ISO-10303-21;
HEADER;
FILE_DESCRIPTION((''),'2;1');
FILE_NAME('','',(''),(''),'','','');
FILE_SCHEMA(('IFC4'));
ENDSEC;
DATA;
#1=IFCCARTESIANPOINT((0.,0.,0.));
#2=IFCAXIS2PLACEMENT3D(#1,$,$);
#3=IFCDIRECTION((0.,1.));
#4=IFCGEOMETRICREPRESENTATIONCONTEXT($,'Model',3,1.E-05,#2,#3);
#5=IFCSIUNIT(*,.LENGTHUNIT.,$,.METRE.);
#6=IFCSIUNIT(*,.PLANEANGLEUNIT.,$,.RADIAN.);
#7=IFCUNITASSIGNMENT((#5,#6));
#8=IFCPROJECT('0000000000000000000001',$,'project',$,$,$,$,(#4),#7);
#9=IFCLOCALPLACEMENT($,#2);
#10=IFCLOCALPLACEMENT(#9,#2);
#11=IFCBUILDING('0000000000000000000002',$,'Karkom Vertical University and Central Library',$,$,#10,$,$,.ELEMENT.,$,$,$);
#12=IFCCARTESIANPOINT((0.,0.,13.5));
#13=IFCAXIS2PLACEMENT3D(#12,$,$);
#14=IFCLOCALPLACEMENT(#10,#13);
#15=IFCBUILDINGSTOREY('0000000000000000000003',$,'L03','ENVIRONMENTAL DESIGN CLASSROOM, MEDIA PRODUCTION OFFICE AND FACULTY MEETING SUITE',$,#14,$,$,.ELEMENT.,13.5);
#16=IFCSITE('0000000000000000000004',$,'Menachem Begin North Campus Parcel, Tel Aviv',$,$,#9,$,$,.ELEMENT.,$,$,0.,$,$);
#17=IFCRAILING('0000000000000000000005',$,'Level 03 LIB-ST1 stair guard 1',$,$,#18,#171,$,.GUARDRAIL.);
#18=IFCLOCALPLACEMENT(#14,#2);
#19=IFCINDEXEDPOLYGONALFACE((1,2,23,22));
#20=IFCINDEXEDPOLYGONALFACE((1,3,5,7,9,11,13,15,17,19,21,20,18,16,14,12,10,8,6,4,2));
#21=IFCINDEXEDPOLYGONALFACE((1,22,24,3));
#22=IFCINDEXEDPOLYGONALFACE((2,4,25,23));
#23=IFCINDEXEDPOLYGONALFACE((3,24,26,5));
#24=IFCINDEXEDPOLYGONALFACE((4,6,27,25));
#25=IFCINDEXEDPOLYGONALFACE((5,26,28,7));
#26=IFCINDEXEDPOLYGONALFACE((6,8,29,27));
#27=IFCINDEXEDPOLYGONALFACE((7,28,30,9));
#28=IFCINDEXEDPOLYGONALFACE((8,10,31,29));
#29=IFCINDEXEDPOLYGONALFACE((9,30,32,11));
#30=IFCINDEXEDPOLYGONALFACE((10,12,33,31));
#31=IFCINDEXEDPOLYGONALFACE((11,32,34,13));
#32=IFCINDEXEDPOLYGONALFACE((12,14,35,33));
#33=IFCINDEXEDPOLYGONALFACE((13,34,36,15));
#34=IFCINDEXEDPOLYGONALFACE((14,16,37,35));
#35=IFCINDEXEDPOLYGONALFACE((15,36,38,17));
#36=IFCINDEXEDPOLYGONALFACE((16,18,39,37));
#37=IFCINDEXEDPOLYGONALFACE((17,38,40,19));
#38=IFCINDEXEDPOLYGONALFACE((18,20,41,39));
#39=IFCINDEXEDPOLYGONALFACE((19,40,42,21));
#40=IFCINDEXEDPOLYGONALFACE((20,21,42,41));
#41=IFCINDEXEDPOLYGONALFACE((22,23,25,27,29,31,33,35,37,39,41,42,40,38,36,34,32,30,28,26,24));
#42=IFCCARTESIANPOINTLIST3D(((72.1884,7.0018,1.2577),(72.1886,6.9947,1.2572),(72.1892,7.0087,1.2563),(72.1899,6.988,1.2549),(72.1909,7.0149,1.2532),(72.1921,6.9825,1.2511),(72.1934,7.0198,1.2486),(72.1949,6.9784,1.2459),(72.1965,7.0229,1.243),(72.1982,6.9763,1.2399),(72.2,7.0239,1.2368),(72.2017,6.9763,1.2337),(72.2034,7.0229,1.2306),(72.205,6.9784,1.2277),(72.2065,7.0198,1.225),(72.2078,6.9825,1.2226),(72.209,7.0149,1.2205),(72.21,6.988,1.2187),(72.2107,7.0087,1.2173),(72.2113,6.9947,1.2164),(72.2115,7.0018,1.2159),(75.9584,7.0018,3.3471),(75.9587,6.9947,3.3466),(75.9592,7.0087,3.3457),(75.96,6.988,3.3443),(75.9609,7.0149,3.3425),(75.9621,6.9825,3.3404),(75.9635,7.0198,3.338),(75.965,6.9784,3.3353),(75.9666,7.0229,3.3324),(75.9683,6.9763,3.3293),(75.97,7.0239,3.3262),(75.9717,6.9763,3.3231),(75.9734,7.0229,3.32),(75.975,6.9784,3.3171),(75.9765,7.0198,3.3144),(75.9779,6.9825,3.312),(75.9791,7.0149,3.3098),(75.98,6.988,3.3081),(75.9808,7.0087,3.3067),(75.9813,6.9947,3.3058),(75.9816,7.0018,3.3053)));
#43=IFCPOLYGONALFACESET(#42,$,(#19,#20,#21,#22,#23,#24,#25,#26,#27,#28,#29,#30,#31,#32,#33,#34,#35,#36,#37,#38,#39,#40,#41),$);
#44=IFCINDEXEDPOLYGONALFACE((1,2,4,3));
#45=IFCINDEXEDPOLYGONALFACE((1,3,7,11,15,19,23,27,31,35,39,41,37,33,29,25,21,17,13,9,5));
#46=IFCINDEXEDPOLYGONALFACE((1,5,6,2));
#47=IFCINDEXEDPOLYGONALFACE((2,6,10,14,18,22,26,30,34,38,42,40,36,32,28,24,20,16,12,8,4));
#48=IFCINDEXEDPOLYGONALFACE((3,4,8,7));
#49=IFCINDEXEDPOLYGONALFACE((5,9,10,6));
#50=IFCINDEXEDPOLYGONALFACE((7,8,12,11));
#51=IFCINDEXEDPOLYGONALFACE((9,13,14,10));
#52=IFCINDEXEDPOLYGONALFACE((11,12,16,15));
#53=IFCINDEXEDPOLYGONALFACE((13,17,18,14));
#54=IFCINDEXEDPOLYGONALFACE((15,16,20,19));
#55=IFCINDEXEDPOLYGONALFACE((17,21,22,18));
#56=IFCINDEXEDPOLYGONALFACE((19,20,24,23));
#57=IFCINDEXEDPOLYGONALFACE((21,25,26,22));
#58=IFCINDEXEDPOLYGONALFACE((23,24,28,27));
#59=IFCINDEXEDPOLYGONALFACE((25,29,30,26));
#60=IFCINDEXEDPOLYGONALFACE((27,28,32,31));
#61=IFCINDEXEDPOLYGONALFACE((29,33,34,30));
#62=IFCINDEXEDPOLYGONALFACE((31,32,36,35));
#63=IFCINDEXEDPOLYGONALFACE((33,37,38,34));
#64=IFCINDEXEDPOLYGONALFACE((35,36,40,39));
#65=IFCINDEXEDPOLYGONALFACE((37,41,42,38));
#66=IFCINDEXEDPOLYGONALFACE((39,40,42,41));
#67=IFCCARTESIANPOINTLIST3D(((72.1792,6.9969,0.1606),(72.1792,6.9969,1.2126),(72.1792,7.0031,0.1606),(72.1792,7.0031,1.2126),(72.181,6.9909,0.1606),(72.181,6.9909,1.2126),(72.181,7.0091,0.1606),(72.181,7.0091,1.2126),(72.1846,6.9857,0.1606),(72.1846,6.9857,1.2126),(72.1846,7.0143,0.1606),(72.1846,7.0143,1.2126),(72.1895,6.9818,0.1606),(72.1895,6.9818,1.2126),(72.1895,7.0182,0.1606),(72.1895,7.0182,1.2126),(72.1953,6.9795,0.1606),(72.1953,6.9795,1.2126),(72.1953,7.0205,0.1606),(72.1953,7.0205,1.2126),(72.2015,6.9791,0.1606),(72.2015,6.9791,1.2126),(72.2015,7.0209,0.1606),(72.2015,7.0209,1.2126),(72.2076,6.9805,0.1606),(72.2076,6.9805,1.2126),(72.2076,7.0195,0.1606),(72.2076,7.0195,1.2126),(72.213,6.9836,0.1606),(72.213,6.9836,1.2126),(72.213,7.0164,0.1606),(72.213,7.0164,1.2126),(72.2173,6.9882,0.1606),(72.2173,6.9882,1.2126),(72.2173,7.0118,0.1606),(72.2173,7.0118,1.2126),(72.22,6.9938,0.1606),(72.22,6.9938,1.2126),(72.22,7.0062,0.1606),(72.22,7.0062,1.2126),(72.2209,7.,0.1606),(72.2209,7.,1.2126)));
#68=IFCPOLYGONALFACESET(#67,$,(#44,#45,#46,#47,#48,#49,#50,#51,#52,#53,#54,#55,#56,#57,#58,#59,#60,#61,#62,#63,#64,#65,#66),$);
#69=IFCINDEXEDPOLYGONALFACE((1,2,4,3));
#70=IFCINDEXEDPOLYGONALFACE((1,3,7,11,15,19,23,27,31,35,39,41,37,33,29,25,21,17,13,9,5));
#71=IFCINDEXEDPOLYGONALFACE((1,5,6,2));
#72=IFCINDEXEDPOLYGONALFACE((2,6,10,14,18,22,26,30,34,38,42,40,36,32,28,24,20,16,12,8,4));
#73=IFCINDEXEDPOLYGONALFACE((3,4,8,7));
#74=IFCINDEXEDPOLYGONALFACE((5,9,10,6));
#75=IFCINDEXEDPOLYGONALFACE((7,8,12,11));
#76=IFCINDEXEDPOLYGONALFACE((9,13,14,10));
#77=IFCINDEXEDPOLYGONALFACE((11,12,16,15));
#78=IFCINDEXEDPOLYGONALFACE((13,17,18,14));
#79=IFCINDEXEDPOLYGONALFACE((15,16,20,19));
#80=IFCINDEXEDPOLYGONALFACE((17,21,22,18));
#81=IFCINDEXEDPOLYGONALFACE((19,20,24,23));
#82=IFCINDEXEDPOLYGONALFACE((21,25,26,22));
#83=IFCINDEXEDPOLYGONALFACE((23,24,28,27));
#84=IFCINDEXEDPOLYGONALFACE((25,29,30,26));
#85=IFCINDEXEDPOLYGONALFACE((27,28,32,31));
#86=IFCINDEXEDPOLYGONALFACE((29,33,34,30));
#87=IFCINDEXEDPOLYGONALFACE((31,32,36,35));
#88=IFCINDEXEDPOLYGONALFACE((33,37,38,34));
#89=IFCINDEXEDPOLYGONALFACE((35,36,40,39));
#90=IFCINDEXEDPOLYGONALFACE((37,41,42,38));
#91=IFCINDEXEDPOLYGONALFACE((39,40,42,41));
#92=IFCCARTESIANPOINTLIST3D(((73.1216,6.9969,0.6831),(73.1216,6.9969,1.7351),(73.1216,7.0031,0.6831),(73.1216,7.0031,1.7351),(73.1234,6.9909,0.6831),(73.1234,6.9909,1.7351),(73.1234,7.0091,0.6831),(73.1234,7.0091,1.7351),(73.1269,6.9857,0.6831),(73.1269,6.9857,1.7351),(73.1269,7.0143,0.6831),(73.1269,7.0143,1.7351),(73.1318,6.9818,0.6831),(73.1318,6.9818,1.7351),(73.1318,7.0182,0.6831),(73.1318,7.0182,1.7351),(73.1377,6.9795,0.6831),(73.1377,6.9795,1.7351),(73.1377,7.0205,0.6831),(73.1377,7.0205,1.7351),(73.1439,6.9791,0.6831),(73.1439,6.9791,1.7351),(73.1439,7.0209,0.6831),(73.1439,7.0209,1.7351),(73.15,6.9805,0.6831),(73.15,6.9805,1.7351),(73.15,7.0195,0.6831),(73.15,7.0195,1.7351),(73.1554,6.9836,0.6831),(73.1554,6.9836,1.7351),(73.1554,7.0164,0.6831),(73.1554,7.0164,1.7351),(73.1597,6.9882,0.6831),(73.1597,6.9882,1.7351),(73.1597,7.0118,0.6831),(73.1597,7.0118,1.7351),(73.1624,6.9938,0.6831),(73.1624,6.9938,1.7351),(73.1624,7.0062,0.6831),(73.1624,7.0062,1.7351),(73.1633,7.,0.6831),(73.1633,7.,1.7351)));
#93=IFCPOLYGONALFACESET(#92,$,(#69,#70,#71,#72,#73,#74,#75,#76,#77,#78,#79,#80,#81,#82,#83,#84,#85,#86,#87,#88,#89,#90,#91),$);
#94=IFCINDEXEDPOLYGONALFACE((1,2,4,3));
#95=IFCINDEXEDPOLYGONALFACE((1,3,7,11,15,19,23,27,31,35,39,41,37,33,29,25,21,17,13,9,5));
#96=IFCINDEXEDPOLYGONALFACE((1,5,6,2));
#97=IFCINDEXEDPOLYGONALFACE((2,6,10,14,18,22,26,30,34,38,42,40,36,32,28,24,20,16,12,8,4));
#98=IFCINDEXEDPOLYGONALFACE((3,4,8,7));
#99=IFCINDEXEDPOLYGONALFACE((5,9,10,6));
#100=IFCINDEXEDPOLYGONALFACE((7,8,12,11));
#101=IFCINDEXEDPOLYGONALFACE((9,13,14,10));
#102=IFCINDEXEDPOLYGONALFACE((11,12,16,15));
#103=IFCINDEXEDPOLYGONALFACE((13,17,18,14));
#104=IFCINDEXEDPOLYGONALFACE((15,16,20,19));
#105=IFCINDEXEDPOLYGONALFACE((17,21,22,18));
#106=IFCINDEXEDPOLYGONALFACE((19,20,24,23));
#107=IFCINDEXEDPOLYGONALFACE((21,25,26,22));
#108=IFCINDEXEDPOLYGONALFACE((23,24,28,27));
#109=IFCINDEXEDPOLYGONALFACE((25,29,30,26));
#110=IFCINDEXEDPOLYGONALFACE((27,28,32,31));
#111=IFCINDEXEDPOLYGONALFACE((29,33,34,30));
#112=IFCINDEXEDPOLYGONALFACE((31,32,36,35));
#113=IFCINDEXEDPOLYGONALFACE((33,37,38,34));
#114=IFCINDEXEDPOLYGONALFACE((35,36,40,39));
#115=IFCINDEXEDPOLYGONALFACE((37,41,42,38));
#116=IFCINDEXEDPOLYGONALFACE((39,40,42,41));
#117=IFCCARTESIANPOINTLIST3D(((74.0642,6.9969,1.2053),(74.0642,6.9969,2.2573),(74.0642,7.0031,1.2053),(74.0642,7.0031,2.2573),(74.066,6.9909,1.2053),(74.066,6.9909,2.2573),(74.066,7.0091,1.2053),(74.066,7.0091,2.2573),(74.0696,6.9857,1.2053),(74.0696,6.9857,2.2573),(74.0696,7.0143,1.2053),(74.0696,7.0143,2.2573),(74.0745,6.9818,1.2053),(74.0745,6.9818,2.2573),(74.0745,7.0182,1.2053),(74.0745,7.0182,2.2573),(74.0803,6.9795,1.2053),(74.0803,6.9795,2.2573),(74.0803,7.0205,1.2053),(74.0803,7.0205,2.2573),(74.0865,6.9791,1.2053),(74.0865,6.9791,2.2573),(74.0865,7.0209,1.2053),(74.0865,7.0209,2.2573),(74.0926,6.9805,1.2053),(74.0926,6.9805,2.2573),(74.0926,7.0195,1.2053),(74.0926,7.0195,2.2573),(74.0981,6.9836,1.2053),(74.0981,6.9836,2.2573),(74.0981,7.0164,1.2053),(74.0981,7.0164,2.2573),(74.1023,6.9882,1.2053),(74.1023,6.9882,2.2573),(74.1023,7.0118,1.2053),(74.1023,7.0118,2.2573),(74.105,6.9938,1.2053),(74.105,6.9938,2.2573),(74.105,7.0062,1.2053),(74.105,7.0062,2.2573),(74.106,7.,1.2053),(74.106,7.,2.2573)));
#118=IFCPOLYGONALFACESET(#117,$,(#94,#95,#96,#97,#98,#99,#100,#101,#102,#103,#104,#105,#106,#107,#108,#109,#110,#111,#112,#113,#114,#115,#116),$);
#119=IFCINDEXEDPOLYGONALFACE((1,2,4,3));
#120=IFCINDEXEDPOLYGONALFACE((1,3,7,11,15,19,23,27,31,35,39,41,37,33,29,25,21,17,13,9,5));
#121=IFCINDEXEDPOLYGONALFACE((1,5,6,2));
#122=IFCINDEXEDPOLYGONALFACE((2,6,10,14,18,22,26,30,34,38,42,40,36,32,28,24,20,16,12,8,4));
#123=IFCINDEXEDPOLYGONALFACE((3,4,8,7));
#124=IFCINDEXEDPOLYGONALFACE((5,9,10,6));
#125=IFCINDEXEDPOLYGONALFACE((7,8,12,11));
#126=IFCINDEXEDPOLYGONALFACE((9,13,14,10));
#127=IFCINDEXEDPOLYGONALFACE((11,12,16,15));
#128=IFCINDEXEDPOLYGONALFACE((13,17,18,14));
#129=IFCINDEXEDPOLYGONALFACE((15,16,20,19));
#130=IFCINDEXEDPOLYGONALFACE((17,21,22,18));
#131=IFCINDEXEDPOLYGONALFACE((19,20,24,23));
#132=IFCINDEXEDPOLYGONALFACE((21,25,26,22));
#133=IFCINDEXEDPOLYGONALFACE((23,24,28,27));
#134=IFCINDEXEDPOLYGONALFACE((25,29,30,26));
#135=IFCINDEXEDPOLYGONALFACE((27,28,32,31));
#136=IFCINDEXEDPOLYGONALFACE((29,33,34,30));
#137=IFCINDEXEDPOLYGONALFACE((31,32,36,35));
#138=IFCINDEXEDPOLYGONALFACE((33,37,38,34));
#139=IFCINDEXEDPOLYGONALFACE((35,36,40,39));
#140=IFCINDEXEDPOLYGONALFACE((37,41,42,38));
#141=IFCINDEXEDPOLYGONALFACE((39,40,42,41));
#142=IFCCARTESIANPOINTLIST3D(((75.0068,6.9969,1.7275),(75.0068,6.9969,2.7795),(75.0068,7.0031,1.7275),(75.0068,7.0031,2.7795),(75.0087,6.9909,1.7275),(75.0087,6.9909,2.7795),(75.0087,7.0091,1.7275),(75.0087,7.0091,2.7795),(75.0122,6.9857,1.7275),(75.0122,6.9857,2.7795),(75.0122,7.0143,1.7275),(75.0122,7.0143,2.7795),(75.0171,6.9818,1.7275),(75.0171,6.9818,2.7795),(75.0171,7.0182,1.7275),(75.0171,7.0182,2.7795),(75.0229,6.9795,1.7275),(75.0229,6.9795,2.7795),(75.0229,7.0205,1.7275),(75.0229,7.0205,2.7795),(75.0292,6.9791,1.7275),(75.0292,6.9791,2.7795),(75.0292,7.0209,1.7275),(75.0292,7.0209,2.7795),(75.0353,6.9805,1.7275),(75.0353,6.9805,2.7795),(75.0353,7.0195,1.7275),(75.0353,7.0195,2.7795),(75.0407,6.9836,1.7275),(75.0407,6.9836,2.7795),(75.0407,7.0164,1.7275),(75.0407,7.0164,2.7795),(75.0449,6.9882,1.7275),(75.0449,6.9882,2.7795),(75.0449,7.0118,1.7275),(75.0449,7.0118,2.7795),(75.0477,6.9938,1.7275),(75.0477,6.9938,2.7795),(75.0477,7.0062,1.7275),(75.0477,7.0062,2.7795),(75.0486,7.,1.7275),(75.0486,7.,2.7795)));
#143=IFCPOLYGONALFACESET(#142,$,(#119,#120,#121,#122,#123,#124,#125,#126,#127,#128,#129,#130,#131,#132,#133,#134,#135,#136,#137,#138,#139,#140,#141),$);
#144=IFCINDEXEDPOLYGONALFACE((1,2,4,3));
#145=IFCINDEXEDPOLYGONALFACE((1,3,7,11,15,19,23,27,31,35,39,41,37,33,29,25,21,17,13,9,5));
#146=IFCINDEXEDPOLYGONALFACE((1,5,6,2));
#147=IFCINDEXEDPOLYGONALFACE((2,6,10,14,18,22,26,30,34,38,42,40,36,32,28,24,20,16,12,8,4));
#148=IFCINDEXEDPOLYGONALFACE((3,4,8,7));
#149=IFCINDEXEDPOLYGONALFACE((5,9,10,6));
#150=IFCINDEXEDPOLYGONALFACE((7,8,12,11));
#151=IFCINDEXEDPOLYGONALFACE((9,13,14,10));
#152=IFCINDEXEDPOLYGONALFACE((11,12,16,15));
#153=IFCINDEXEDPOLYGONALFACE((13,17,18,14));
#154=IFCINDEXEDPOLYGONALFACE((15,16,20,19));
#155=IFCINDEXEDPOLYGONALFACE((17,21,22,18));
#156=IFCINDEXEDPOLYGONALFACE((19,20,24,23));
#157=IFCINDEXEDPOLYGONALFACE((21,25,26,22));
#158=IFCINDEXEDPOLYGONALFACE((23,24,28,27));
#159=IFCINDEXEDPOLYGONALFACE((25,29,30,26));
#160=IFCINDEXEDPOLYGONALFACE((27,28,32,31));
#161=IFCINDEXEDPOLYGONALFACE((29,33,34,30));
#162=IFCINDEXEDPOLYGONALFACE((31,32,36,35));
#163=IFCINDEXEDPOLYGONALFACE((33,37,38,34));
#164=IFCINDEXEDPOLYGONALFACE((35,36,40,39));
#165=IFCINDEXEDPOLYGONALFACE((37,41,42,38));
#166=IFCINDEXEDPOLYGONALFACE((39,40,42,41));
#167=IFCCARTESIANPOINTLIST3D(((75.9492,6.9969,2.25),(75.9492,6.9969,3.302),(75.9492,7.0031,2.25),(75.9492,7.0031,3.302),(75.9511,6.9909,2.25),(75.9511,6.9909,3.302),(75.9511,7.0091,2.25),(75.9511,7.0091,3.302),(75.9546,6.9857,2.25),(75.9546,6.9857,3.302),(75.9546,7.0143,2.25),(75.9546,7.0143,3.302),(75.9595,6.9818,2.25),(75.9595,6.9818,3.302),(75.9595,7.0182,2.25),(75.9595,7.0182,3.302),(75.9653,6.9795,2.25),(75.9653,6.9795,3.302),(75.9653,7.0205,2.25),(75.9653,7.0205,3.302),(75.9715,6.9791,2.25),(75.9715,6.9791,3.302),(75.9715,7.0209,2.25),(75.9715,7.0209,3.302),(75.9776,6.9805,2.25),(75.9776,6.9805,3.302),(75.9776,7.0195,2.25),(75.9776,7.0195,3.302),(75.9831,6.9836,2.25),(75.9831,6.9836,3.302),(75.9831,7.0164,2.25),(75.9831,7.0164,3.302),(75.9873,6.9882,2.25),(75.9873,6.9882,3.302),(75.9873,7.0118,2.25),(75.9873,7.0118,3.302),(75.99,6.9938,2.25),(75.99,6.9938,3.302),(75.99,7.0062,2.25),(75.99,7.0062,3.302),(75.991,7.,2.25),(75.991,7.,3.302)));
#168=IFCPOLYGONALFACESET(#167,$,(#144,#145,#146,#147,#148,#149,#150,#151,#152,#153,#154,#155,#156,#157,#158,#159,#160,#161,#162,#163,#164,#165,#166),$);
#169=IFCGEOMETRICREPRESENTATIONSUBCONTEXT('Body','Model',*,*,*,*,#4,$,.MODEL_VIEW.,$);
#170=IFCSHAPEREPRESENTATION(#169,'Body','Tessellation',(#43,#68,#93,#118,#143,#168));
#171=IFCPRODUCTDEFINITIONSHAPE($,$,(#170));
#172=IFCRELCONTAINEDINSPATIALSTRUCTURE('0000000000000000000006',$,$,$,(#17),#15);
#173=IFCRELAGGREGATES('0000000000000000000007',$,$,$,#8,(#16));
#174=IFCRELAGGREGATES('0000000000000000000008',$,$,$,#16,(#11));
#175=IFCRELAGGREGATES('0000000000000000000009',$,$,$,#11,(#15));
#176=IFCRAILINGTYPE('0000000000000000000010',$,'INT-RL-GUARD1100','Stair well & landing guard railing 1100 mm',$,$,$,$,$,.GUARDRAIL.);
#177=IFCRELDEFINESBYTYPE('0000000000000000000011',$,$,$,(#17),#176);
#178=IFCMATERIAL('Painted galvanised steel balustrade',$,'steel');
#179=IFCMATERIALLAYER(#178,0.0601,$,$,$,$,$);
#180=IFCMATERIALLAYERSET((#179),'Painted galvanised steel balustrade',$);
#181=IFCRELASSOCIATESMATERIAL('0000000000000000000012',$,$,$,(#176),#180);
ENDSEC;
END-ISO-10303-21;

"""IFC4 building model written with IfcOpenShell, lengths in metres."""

from ifc_helpers import new_model, si_unit, direction, frame, origin, origin_2d, place, context, subcontext, project, spatial, circle, extrude, material, layer, layer_set, type_object, element, save


model = new_model("IFC4")

# Units and contexts
model_context = context("Model", 3, precision=1e-05, world=origin(), true_north=direction((0.0, 1.0)))
body_context = subcontext(model_context, "Body", "Model", "MODEL_VIEW")
ifc_project = project(units=[si_unit("LENGTHUNIT", "METRE"), si_unit("PLANEANGLEUNIT", "RADIAN")], contexts=[model_context])

# Site, building, storey
site_placement = place(None, origin())
site = spatial("IfcSite", under=ifc_project, at=site_placement, Name="Menachem Begin North Campus Parcel, Tel Aviv", CompositionType="ELEMENT", RefElevation=0.0)
building_placement = place(site_placement, origin())
building = spatial("IfcBuilding", under=site, at=building_placement, Name="Karkom Vertical University and Central Library", CompositionType="ELEMENT")
storey_placement = place(building_placement, frame((0.0, 0.0, 13.5)))
storey = spatial("IfcBuildingStorey", under=building, at=storey_placement, Name="L03", Description="ENVIRONMENTAL DESIGN CLASSROOM, MEDIA PRODUCTION OFFICE AND FACULTY MEETING SUITE", CompositionType="ELEMENT", Elevation=13.5)

# Railing
ifc_material_1 = material(Name="Painted galvanised steel balustrade", Category="steel")
ifc_layer_1 = layer(ifc_material_1, 0.0601)
ifc_layer_set_1 = layer_set([ifc_layer_1], Name="Painted galvanised steel balustrade")
railing_type_1 = type_object("IfcRailingType", Name="INT-RL-GUARD1100", Description="Stair well & landing guard railing 1100 mm", PredefinedType="GUARDRAIL", material=ifc_layer_set_1)
railing_1_placement = place(storey_placement, frame((72.2, 7.0, 0.1606)))
element("IfcRailing", 1, at=railing_1_placement, inside=storey, type_object=railing_type_1, Name="Level 03 LIB-ST1 stair guard 1", PredefinedType="GUARDRAIL", context=body_context, shape_type="SweptSolid", body=[
    extrude(circle(Radius=0.0239, at=origin_2d()), frame((0.0, 0.0, 1.0762), z_axis=(0.874659, 0.0, 0.484739), x_axis=(0.0, 1.0, 0.0)), (0.0, 0.0, 1.0), 4.3103),
    extrude(circle(Radius=0.021, at=origin_2d()), origin(), (0.0, 0.0, 1.0), 1.052),
    extrude(circle(Radius=0.021, at=origin_2d()), frame((0.9424, 0.0, 0.5225)), (0.0, 0.0, 1.0), 1.052),
    extrude(circle(Radius=0.021, at=origin_2d()), frame((1.885, 0.0, 1.0447)), (0.0, 0.0, 1.0), 1.052),
    extrude(circle(Radius=0.021, at=origin_2d()), frame((2.8276, 0.0, 1.5669)), (0.0, 0.0, 1.0), 1.052),
    extrude(circle(Radius=0.021, at=origin_2d()), frame((3.77, 0.0, 2.0894)), (0.0, 0.0, 1.0), 1.052),
])

save(model, "model.ifc")
